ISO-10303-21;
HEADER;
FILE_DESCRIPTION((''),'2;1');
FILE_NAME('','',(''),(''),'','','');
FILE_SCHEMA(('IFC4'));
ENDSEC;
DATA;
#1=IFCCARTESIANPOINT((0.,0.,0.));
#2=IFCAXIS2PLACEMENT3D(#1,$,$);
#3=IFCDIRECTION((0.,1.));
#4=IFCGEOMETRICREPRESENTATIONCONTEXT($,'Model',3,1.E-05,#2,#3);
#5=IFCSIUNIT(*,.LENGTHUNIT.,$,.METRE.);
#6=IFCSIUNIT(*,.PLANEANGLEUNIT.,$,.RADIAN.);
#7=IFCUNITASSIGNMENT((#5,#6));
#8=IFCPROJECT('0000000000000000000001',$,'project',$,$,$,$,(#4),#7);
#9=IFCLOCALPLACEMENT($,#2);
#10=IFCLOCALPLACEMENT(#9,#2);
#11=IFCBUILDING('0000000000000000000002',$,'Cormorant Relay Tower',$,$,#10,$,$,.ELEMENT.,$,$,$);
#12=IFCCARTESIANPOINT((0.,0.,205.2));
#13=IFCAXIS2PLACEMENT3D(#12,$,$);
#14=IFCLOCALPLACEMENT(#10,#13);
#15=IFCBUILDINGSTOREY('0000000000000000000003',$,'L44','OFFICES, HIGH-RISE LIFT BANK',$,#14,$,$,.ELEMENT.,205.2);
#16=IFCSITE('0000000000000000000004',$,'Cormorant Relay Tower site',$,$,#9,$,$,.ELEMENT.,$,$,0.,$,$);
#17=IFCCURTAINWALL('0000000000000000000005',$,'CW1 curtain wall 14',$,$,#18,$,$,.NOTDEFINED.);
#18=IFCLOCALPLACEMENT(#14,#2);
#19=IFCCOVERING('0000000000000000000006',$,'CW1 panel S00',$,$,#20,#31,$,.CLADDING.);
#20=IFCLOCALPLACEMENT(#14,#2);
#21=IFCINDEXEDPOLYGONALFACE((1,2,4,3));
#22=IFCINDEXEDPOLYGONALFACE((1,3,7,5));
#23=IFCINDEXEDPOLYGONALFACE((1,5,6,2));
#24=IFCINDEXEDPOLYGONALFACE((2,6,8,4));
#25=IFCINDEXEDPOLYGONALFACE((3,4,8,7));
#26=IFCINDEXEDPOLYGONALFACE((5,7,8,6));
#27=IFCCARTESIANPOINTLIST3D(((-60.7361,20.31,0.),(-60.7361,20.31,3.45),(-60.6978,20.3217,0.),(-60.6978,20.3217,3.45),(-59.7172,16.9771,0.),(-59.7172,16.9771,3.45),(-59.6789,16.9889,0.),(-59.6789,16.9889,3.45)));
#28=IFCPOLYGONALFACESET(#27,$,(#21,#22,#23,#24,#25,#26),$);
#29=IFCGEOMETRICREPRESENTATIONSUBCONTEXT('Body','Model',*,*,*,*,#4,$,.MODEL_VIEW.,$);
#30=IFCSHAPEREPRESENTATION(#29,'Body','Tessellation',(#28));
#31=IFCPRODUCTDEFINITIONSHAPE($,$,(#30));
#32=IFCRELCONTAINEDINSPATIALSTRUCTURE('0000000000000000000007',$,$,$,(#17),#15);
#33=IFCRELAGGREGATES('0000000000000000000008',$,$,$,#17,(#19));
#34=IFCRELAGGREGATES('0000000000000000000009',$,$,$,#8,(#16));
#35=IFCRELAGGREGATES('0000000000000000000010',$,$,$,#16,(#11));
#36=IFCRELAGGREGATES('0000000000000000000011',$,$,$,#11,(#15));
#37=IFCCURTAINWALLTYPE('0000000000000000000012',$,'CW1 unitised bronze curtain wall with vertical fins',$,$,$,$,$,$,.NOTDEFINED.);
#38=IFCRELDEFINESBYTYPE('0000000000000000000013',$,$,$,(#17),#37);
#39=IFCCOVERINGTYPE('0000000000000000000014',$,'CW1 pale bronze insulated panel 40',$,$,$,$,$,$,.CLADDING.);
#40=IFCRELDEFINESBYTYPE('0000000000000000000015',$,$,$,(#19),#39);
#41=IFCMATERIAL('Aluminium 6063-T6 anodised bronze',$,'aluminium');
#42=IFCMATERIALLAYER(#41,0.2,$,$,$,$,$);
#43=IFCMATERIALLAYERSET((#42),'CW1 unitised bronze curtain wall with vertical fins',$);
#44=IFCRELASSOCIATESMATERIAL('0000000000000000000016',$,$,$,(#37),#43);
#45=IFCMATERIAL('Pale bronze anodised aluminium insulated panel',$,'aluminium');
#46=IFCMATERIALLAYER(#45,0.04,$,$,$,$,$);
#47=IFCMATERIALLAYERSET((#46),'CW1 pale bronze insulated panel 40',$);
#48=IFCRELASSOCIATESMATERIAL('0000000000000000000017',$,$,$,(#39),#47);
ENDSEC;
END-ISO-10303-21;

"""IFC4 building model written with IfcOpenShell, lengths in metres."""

from ifc_helpers import new_model, si_unit, direction, frame, origin, origin_2d, place, context, subcontext, project, spatial, rectangle, extrude, material, layer, layer_set, type_object, element, aggregate, save


model = new_model("IFC4")

# Units and contexts
model_context = context("Model", 3, precision=1e-05, world=origin(), true_north=direction((0.0, 1.0)))
body_context = subcontext(model_context, "Body", "Model", "MODEL_VIEW")
ifc_project = project(units=[si_unit("LENGTHUNIT", "METRE"), si_unit("PLANEANGLEUNIT", "RADIAN")], contexts=[model_context])

# Site, building, storey
site_placement = place(None, origin())
site = spatial("IfcSite", under=ifc_project, at=site_placement, Name="Cormorant Relay Tower site", CompositionType="ELEMENT", RefElevation=0.0)
building_placement = place(site_placement, origin())
building = spatial("IfcBuilding", under=site, at=building_placement, Name="Cormorant Relay Tower", CompositionType="ELEMENT")
storey_placement = place(building_placement, frame((0.0, 0.0, 205.2)))
storey = spatial("IfcBuildingStorey", under=building, at=storey_placement, Name="L44", Description="OFFICES, HIGH-RISE LIFT BANK", CompositionType="ELEMENT", Elevation=205.2)

# Curtain wall
ifc_material_1 = material(Name="Aluminium 6063-T6 anodised bronze", Category="aluminium")
ifc_layer_1 = layer(ifc_material_1, 0.2)
ifc_layer_set_1 = layer_set([ifc_layer_1], Name="CW1 unitised bronze curtain wall with vertical fins")
curtain_wall_type = type_object("IfcCurtainWallType", Name="CW1 unitised bronze curtain wall with vertical fins", PredefinedType="NOTDEFINED", material=ifc_layer_set_1)
curtain_wall_1_placement = place(storey_placement, origin())
curtain_wall_1 = element("IfcCurtainWall", 1, at=curtain_wall_1_placement, inside=storey, type_object=curtain_wall_type, Name="CW1 curtain wall 14", PredefinedType="NOTDEFINED")

# Covering
ifc_material_2 = material(Name="Pale bronze anodised aluminium insulated panel", Category="aluminium")
ifc_layer_2 = layer(ifc_material_2, 0.04)
ifc_layer_set_2 = layer_set([ifc_layer_2], Name="CW1 pale bronze insulated panel 40")
covering_type = type_object("IfcCoveringType", Name="CW1 pale bronze insulated panel 40", PredefinedType="CLADDING", material=ifc_layer_set_2)
covering_1_placement = place(storey_placement, frame((-60.2075, 18.6494, 0.0), z_axis=(0.0, 0.0, 1.0), x_axis=(0.292372, -0.956305, 0.0)))
covering_1 = element("IfcCovering", 2, at=covering_1_placement, type_object=covering_type, Name="CW1 panel S00", PredefinedType="CLADDING", context=body_context, shape_type="SweptSolid", body=[
    extrude(rectangle(XDim=3.4851, YDim=0.04, at=origin_2d()), origin(), (0.0, 0.0, 1.0), 3.45),
])
aggregate(curtain_wall_1, [covering_1])

save(model, "model.ifc")
